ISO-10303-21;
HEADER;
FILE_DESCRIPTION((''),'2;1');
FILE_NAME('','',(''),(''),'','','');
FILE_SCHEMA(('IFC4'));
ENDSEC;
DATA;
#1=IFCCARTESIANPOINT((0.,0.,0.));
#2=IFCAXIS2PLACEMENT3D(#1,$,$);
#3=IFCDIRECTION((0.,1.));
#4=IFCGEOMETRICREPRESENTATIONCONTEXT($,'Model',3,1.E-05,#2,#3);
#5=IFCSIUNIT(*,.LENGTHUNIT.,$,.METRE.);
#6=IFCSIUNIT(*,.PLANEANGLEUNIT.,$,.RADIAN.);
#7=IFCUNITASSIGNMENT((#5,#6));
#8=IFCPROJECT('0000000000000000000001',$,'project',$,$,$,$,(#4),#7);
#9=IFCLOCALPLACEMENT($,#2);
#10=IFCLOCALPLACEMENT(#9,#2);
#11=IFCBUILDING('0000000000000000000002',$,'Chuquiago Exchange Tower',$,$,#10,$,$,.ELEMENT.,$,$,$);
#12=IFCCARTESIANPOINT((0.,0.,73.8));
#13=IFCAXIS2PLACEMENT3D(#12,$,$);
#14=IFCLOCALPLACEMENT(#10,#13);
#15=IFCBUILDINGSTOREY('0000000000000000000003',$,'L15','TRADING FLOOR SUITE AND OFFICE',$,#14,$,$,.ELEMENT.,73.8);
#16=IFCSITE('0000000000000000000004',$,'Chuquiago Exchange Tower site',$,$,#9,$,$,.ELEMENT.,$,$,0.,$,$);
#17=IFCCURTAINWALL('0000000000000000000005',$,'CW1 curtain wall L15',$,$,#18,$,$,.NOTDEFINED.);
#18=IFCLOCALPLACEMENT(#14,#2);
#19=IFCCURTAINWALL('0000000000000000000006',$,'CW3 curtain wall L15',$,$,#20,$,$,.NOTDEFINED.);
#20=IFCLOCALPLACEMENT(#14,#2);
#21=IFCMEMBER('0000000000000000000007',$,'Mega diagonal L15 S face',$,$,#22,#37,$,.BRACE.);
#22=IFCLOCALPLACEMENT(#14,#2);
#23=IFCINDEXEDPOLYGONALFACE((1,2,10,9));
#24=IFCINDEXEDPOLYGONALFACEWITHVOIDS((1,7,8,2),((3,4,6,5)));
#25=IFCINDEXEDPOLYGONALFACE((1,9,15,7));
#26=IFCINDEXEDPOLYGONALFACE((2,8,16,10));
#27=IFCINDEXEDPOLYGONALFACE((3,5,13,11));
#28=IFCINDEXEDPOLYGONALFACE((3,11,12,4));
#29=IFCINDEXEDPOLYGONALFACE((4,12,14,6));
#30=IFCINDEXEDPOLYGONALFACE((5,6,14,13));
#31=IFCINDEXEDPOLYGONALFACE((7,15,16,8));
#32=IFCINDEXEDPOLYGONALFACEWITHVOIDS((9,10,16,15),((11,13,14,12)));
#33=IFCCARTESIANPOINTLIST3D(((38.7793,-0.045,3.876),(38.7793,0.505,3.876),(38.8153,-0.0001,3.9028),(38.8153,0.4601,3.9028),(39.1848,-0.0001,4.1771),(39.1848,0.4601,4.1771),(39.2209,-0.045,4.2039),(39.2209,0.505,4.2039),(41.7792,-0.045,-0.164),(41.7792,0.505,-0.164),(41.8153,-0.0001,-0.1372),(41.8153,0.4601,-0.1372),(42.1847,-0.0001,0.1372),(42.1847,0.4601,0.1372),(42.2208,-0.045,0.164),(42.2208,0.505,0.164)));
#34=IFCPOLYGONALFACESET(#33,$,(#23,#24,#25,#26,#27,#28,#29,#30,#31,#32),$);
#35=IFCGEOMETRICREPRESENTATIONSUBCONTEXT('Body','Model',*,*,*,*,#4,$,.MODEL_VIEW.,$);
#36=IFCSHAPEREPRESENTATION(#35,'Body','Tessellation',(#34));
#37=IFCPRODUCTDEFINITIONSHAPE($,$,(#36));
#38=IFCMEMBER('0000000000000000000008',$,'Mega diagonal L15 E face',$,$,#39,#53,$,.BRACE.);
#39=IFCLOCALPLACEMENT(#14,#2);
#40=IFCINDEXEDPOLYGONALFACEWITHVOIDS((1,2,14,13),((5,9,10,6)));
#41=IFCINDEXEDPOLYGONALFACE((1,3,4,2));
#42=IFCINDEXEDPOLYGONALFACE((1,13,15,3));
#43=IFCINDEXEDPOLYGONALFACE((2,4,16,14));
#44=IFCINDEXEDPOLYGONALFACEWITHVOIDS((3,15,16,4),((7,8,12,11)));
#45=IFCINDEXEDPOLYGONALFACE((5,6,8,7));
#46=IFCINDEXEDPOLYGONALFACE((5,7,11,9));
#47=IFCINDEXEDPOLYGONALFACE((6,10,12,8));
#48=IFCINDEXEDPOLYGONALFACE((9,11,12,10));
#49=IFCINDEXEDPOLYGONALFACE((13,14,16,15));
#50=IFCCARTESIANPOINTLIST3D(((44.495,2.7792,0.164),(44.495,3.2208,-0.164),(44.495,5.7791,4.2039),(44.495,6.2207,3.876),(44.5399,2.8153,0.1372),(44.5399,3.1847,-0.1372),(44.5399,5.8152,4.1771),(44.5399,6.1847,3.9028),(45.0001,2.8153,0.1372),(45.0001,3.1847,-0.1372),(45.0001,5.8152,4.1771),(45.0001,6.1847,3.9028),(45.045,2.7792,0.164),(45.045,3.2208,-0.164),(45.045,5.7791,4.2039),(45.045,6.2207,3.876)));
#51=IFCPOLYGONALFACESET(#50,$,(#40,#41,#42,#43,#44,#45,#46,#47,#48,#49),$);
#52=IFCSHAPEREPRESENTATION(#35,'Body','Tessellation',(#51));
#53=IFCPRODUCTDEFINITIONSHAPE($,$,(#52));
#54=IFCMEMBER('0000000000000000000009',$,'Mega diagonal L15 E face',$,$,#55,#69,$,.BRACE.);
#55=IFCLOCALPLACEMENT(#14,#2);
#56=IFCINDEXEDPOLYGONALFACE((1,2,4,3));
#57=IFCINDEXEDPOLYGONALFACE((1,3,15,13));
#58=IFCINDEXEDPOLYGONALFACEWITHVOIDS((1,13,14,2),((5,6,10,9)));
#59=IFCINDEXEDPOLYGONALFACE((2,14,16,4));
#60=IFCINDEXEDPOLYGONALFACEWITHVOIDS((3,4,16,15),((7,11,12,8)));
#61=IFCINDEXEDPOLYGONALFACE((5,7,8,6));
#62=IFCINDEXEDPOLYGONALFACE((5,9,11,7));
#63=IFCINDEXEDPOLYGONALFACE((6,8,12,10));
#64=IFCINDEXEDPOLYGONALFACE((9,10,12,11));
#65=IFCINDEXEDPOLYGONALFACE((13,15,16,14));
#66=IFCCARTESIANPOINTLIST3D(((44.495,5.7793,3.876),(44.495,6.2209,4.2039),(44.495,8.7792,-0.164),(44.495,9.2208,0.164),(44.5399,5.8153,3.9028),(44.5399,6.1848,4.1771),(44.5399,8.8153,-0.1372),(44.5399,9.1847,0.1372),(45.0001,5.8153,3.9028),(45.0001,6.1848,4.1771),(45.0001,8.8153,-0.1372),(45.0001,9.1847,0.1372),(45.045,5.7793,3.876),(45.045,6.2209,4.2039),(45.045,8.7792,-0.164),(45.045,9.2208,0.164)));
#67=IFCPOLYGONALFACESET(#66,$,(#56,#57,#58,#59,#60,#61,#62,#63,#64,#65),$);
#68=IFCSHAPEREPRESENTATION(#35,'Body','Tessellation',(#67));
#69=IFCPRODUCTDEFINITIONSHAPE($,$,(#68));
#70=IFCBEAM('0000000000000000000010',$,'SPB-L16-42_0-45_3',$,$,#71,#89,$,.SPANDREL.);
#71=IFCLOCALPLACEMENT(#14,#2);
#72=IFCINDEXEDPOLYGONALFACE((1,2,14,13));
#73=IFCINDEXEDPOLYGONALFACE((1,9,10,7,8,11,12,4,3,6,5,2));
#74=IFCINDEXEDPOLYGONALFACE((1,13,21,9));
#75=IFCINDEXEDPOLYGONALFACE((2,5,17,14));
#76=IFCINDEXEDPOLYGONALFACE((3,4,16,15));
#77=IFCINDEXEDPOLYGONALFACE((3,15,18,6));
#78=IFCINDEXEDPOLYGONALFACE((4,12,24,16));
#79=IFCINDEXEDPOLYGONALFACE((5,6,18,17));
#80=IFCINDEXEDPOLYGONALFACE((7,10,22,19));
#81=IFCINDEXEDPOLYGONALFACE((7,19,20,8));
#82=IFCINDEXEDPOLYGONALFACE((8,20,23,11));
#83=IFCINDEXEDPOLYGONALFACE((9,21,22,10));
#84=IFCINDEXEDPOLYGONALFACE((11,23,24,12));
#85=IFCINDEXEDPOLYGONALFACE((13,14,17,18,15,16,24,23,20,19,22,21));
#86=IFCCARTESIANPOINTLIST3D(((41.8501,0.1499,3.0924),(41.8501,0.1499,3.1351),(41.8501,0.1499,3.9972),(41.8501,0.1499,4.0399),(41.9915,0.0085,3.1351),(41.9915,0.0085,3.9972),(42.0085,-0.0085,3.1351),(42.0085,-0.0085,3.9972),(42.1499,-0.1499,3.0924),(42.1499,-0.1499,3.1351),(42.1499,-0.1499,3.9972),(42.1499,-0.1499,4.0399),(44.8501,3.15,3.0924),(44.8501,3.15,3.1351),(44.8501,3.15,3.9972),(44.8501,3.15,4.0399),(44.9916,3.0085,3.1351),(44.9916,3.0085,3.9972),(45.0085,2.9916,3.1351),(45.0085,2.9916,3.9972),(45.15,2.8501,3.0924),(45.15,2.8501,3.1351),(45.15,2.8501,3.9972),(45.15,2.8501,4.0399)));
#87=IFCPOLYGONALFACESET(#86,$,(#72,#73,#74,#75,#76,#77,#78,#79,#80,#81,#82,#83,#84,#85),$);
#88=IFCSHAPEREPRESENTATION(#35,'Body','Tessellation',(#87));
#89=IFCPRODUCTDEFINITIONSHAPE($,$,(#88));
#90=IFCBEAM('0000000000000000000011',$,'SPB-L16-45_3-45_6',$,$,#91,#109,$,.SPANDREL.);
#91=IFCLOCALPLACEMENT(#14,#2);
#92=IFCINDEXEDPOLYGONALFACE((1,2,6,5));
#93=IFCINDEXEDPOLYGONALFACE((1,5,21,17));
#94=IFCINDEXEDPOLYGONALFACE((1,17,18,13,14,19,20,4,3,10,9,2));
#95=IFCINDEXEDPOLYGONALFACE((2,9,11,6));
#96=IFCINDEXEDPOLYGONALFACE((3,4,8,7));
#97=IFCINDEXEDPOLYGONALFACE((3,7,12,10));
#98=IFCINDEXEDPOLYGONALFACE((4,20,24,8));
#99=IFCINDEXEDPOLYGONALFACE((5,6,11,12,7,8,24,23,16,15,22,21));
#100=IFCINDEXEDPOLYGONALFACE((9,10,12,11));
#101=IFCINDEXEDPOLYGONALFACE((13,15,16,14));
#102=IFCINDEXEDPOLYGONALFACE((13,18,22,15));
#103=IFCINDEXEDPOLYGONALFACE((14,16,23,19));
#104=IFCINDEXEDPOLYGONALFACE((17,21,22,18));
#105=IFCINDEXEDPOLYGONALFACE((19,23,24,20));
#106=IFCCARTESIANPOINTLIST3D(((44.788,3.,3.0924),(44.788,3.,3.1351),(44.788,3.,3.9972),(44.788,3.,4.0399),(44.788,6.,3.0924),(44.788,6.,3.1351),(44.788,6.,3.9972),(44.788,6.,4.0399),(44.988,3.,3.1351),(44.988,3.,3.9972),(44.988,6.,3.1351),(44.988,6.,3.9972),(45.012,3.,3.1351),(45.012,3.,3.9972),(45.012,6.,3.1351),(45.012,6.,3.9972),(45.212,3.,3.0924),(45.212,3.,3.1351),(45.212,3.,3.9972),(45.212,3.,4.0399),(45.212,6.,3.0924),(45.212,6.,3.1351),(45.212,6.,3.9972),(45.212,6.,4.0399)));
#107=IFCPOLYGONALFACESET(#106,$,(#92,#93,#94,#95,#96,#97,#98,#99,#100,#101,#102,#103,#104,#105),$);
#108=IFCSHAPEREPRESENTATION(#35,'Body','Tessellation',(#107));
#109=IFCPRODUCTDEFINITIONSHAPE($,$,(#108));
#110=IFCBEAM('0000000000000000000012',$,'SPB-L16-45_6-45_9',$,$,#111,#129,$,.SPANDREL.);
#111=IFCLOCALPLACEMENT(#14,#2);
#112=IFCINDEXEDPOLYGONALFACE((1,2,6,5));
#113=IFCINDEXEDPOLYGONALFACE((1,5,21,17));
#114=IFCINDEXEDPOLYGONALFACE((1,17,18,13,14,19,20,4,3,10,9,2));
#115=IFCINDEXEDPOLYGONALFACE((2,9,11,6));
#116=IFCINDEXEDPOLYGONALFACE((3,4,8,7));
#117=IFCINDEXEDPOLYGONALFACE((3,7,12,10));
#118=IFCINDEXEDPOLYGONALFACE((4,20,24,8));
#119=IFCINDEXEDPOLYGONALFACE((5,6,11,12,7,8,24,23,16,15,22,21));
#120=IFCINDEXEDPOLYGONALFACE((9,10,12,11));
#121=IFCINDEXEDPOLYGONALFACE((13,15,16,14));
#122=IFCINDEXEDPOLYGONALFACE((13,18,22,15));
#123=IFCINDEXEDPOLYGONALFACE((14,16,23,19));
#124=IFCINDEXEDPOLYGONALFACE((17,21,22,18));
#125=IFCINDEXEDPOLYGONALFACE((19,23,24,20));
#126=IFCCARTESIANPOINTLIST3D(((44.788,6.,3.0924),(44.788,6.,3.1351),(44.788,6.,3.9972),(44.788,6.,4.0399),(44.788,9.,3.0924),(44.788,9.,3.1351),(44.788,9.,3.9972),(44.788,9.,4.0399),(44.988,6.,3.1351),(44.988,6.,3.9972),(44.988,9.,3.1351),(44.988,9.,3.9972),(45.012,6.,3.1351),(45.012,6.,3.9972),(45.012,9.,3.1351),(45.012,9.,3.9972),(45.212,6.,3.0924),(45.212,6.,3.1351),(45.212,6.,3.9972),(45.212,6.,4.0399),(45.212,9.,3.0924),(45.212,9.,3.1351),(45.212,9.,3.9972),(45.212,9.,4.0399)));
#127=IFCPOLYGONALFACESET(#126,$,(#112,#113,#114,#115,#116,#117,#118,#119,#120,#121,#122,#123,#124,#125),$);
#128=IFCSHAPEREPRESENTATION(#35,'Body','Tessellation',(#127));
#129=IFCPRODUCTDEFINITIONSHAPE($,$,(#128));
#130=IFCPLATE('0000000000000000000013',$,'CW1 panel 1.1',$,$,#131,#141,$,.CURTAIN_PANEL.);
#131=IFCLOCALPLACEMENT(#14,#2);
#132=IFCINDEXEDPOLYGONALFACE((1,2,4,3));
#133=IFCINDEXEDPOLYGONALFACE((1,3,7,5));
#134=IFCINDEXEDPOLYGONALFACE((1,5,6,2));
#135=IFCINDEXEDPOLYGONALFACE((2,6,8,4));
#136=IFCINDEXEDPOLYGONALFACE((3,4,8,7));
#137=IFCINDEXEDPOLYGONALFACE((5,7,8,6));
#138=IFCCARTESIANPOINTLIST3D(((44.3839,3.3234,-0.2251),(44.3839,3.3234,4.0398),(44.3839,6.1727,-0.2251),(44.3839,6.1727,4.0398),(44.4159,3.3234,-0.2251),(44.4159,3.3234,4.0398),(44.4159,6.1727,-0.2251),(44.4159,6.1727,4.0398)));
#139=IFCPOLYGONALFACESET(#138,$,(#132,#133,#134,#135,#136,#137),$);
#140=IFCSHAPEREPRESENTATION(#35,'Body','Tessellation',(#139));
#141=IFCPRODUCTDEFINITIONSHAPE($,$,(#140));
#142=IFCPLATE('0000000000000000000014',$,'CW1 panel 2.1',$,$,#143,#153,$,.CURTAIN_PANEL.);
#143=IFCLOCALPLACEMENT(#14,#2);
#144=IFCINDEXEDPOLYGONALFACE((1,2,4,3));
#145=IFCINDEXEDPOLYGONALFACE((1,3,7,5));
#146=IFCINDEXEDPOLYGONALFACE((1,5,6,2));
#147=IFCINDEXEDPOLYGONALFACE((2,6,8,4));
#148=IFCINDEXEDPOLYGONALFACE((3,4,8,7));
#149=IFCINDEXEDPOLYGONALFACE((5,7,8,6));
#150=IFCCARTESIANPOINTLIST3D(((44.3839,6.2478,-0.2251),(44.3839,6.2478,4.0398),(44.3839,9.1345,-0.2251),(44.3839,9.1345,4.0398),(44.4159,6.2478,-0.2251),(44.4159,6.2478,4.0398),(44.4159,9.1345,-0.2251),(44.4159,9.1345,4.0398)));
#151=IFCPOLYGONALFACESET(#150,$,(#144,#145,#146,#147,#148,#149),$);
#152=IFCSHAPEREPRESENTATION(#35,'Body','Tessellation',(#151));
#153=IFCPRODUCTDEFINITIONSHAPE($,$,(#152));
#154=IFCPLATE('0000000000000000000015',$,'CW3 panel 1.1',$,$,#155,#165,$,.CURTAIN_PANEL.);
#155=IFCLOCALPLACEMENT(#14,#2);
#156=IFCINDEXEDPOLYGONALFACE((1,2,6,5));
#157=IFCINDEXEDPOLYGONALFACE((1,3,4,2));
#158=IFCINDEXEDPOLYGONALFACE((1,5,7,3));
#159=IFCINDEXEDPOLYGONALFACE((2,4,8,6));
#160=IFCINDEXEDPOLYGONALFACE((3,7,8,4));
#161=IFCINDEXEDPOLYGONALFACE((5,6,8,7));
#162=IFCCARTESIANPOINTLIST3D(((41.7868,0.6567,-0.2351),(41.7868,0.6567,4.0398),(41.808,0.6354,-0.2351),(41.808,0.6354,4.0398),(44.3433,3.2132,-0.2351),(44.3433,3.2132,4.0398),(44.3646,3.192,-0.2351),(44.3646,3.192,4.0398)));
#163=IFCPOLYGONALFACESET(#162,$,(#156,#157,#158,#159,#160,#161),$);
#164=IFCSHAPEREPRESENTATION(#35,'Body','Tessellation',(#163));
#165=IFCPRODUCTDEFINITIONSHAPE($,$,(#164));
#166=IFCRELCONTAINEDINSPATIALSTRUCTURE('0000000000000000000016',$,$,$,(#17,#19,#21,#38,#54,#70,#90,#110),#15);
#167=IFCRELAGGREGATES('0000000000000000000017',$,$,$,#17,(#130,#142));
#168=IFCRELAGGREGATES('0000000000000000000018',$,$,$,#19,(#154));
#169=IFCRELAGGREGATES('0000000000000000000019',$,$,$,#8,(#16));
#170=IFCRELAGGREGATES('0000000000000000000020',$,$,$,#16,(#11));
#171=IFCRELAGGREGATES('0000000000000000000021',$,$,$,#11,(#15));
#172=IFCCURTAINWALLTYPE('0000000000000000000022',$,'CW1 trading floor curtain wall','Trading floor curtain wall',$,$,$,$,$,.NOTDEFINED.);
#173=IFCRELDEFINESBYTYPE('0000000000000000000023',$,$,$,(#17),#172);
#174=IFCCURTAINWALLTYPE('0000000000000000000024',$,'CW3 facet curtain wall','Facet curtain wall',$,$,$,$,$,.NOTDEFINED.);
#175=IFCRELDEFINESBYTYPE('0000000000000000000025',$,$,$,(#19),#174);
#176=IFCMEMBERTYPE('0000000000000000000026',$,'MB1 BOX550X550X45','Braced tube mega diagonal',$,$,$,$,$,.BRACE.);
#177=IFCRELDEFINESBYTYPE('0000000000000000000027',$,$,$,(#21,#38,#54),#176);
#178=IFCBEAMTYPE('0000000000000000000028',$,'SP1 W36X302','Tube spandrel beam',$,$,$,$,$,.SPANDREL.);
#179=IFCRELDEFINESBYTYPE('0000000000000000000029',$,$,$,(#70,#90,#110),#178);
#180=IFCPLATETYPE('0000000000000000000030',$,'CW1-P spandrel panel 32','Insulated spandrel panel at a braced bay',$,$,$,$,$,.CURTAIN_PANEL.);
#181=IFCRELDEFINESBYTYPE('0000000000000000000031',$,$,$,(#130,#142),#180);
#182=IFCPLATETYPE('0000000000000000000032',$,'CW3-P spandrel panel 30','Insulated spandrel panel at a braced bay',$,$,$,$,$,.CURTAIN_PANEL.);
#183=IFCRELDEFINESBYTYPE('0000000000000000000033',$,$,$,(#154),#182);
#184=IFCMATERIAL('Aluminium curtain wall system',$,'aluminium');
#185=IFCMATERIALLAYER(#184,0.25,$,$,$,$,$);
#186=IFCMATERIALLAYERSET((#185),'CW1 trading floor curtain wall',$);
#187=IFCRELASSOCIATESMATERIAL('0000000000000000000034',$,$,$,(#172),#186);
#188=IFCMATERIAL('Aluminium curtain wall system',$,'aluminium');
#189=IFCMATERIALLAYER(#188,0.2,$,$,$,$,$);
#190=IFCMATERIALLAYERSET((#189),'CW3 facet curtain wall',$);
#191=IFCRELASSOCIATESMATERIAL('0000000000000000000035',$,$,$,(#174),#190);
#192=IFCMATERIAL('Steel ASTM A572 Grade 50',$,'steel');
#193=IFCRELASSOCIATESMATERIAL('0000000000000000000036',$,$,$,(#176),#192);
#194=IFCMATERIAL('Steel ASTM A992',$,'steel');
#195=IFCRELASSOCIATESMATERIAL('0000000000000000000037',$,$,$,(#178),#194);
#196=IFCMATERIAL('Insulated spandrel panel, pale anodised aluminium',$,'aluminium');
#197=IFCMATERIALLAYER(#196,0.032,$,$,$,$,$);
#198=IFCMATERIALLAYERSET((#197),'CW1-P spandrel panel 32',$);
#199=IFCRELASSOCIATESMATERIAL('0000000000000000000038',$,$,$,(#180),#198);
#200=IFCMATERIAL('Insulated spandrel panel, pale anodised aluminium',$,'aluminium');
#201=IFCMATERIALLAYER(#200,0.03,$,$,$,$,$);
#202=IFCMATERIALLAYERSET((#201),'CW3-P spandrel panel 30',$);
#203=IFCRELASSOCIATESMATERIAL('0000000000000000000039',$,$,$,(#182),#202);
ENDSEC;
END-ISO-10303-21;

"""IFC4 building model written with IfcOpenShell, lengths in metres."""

from ifc_helpers import new_model, si_unit, direction, frame, origin, origin_2d, place, context, subcontext, project, spatial, rectangle, hollow_rectangle, i_section, extrude, material, layer, layer_set, material_profile, profile_set, type_object, element, aggregate, save


model = new_model("IFC4")

# Units and contexts
model_context = context("Model", 3, precision=1e-05, world=origin(), true_north=direction((0.0, 1.0)))
body_context = subcontext(model_context, "Body", "Model", "MODEL_VIEW")
ifc_project = project(units=[si_unit("LENGTHUNIT", "METRE"), si_unit("PLANEANGLEUNIT", "RADIAN")], contexts=[model_context])

# Site, building, storey
site_placement = place(None, origin())
site = spatial("IfcSite", under=ifc_project, at=site_placement, Name="Chuquiago Exchange Tower site", CompositionType="ELEMENT", RefElevation=0.0)
building_placement = place(site_placement, origin())
building = spatial("IfcBuilding", under=site, at=building_placement, Name="Chuquiago Exchange Tower", CompositionType="ELEMENT")
storey_placement = place(building_placement, frame((0.0, 0.0, 73.8)))
storey = spatial("IfcBuildingStorey", under=building, at=storey_placement, Name="L15", Description="TRADING FLOOR SUITE AND OFFICE", CompositionType="ELEMENT", Elevation=73.8)

# Curtain walls
ifc_material_1 = material(Name="Aluminium curtain wall system", Category="aluminium")
ifc_layer_1 = layer(ifc_material_1, 0.25)
ifc_layer_set_1 = layer_set([ifc_layer_1], Name="CW1 trading floor curtain wall")
curtain_wall_type_1 = type_object("IfcCurtainWallType", Name="CW1 trading floor curtain wall", Description="Trading floor curtain wall", PredefinedType="NOTDEFINED", material=ifc_layer_set_1)
curtain_wall_1_placement = place(storey_placement, origin())
curtain_wall_1 = element("IfcCurtainWall", 1, at=curtain_wall_1_placement, inside=storey, type_object=curtain_wall_type_1, Name="CW1 curtain wall L15", PredefinedType="NOTDEFINED")
ifc_material_2 = material(Name="Aluminium curtain wall system", Category="aluminium")
ifc_layer_2 = layer(ifc_material_2, 0.2)
ifc_layer_set_2 = layer_set([ifc_layer_2], Name="CW3 facet curtain wall")
curtain_wall_type_2 = type_object("IfcCurtainWallType", Name="CW3 facet curtain wall", Description="Facet curtain wall", PredefinedType="NOTDEFINED", material=ifc_layer_set_2)
curtain_wall_2_placement = place(storey_placement, origin())
curtain_wall_2 = element("IfcCurtainWall", 2, at=curtain_wall_2_placement, inside=storey, type_object=curtain_wall_type_2, Name="CW3 curtain wall L15", PredefinedType="NOTDEFINED")

# Members
ifc_material_3 = material(Name="Steel ASTM A572 Grade 50", Category="steel")
ifc_material_profile_1 = material_profile(ifc_material_3, hollow_rectangle(XDim=0.55, YDim=0.55, WallThickness=0.0449, at=origin_2d()), Name="BOX550X550X45")
ifc_profile_set_1 = profile_set([ifc_material_profile_1], Name="Steel ASTM A572 Grade 50")
member_type_1 = type_object("IfcMemberType", Name="MB1 BOX550X550X45", Description="Braced tube mega diagonal", PredefinedType="BRACE", material=ifc_profile_set_1)
for number, where, z_axis, x_axis, name in (
    (3, (42.0, 0.23, 0.0), (-0.596174, 0.0, 0.802855), (0.0, -1.0, 0.0), "Mega diagonal L15 S face"),
    (4, (44.77, 3.0, 0.0), (0.0, 0.596174, 0.802855), (-1.0, 0.0, 0.0), "Mega diagonal L15 E face"),
    (5, (44.77, 9.0, 0.0), (0.0, -0.596174, 0.802855), (1.0, 0.0, 0.0), "Mega diagonal L15 E face"),
):
    element("IfcMember", number, at=place(storey_placement, frame(where, z_axis=z_axis, x_axis=x_axis)), inside=storey, type_object=member_type_1, Name=name, PredefinedType="BRACE", context=body_context, shape_type="SweptSolid", body=[
        extrude(hollow_rectangle(XDim=0.55, YDim=0.55, WallThickness=0.0449, at=origin_2d()), origin(), (0.0, 0.0, 1.0), 5.032),
    ])

# Beams
ifc_material_4 = material(Name="Steel ASTM A992", Category="steel")
ifc_material_profile_2 = material_profile(ifc_material_4, i_section(OverallWidth=0.4241, OverallDepth=0.9475, WebThickness=0.0239, FlangeThickness=0.0427, at=origin_2d()), Name="W36X302")
ifc_profile_set_2 = profile_set([ifc_material_profile_2], Name="Steel ASTM A992")
beam_type = type_object("IfcBeamType", Name="SP1 W36X302", Description="Tube spandrel beam", PredefinedType="SPANDREL", material=ifc_profile_set_2)
beam_placement = place(storey_placement, frame((42.0, 0.0, 3.5662), z_axis=(0.707107, 0.707107, 0.0), x_axis=(-0.707107, 0.707107, 0.0)))
element("IfcBeam", 6, at=beam_placement, inside=storey, type_object=beam_type, Name="SPB-L16-42_0-45_3", PredefinedType="SPANDREL", context=body_context, shape_type="SweptSolid", body=[
    extrude(i_section(OverallWidth=0.4241, OverallDepth=0.9475, WebThickness=0.0239, FlangeThickness=0.0427, at=origin_2d()), origin(), (0.0, 0.0, 1.0), 4.2427),
])
for number, where, z_axis, x_axis, name in (
    (7, (45.0, 3.0, 3.5662), (0.0, 1.0, 0.0), (-1.0, 0.0, 0.0), "SPB-L16-45_3-45_6"),
    (8, (45.0, 6.0, 3.5662), (0.0, 1.0, 0.0), (-1.0, 0.0, 0.0), "SPB-L16-45_6-45_9"),
):
    element("IfcBeam", number, at=place(storey_placement, frame(where, z_axis=z_axis, x_axis=x_axis)), inside=storey, type_object=beam_type, Name=name, PredefinedType="SPANDREL", context=body_context, shape_type="SweptSolid", body=[
        extrude(i_section(OverallWidth=0.4241, OverallDepth=0.9475, WebThickness=0.0239, FlangeThickness=0.0427, at=origin_2d()), origin(), (0.0, 0.0, 1.0), 3.0),
    ])

# Plates
ifc_material_5 = material(Name="Insulated spandrel panel, pale anodised aluminium", Category="aluminium")
ifc_layer_3 = layer(ifc_material_5, 0.032)
ifc_layer_set_3 = layer_set([ifc_layer_3], Name="CW1-P spandrel panel 32")
plate_type_1 = type_object("IfcPlateType", Name="CW1-P spandrel panel 32", Description="Insulated spandrel panel at a braced bay", PredefinedType="CURTAIN_PANEL", material=ifc_layer_set_3)
plate_1_placement = place(storey_placement, frame((44.3999, 4.748, -0.2251), z_axis=(0.0, 0.0, 1.0), x_axis=(0.0, 1.0, 0.0)))
plate_1 = element("IfcPlate", 9, at=plate_1_placement, type_object=plate_type_1, Name="CW1 panel 1.1", PredefinedType="CURTAIN_PANEL", context=body_context, shape_type="SweptSolid", body=[
    extrude(rectangle(XDim=2.8494, YDim=0.032, at=origin_2d()), origin(), (0.0, 0.0, 1.0), 4.2649),
])
plate_2_placement = place(storey_placement, frame((44.3999, 7.6912, -0.2251), z_axis=(0.0, 0.0, 1.0), x_axis=(0.0, 1.0, 0.0)))
plate_2 = element("IfcPlate", 10, at=plate_2_placement, type_object=plate_type_1, Name="CW1 panel 2.1", PredefinedType="CURTAIN_PANEL", context=body_context, shape_type="SweptSolid", body=[
    extrude(rectangle(XDim=2.8867, YDim=0.032, at=origin_2d()), origin(), (0.0, 0.0, 1.0), 4.2649),
])
aggregate(curtain_wall_1, [plate_1, plate_2])
ifc_material_6 = material(Name="Insulated spandrel panel, pale anodised aluminium", Category="aluminium")
ifc_layer_4 = layer(ifc_material_6, 0.03)
ifc_layer_set_4 = layer_set([ifc_layer_4], Name="CW3-P spandrel panel 30")
plate_type_2 = type_object("IfcPlateType", Name="CW3-P spandrel panel 30", Description="Insulated spandrel panel at a braced bay", PredefinedType="CURTAIN_PANEL", material=ifc_layer_set_4)
plate_3_placement = place(storey_placement, frame((43.0757, 1.9243, -0.2351), z_axis=(0.0, 0.0, 1.0), x_axis=(0.707107, 0.707107, 0.0)))
plate_3 = element("IfcPlate", 11, at=plate_3_placement, type_object=plate_type_2, Name="CW3 panel 1.1", PredefinedType="CURTAIN_PANEL", context=body_context, shape_type="SweptSolid", body=[
    extrude(rectangle(XDim=3.6155, YDim=0.03, at=origin_2d()), origin(), (0.0, 0.0, 1.0), 4.2749),
])
aggregate(curtain_wall_2, [plate_3])

save(model, "model.ifc")
